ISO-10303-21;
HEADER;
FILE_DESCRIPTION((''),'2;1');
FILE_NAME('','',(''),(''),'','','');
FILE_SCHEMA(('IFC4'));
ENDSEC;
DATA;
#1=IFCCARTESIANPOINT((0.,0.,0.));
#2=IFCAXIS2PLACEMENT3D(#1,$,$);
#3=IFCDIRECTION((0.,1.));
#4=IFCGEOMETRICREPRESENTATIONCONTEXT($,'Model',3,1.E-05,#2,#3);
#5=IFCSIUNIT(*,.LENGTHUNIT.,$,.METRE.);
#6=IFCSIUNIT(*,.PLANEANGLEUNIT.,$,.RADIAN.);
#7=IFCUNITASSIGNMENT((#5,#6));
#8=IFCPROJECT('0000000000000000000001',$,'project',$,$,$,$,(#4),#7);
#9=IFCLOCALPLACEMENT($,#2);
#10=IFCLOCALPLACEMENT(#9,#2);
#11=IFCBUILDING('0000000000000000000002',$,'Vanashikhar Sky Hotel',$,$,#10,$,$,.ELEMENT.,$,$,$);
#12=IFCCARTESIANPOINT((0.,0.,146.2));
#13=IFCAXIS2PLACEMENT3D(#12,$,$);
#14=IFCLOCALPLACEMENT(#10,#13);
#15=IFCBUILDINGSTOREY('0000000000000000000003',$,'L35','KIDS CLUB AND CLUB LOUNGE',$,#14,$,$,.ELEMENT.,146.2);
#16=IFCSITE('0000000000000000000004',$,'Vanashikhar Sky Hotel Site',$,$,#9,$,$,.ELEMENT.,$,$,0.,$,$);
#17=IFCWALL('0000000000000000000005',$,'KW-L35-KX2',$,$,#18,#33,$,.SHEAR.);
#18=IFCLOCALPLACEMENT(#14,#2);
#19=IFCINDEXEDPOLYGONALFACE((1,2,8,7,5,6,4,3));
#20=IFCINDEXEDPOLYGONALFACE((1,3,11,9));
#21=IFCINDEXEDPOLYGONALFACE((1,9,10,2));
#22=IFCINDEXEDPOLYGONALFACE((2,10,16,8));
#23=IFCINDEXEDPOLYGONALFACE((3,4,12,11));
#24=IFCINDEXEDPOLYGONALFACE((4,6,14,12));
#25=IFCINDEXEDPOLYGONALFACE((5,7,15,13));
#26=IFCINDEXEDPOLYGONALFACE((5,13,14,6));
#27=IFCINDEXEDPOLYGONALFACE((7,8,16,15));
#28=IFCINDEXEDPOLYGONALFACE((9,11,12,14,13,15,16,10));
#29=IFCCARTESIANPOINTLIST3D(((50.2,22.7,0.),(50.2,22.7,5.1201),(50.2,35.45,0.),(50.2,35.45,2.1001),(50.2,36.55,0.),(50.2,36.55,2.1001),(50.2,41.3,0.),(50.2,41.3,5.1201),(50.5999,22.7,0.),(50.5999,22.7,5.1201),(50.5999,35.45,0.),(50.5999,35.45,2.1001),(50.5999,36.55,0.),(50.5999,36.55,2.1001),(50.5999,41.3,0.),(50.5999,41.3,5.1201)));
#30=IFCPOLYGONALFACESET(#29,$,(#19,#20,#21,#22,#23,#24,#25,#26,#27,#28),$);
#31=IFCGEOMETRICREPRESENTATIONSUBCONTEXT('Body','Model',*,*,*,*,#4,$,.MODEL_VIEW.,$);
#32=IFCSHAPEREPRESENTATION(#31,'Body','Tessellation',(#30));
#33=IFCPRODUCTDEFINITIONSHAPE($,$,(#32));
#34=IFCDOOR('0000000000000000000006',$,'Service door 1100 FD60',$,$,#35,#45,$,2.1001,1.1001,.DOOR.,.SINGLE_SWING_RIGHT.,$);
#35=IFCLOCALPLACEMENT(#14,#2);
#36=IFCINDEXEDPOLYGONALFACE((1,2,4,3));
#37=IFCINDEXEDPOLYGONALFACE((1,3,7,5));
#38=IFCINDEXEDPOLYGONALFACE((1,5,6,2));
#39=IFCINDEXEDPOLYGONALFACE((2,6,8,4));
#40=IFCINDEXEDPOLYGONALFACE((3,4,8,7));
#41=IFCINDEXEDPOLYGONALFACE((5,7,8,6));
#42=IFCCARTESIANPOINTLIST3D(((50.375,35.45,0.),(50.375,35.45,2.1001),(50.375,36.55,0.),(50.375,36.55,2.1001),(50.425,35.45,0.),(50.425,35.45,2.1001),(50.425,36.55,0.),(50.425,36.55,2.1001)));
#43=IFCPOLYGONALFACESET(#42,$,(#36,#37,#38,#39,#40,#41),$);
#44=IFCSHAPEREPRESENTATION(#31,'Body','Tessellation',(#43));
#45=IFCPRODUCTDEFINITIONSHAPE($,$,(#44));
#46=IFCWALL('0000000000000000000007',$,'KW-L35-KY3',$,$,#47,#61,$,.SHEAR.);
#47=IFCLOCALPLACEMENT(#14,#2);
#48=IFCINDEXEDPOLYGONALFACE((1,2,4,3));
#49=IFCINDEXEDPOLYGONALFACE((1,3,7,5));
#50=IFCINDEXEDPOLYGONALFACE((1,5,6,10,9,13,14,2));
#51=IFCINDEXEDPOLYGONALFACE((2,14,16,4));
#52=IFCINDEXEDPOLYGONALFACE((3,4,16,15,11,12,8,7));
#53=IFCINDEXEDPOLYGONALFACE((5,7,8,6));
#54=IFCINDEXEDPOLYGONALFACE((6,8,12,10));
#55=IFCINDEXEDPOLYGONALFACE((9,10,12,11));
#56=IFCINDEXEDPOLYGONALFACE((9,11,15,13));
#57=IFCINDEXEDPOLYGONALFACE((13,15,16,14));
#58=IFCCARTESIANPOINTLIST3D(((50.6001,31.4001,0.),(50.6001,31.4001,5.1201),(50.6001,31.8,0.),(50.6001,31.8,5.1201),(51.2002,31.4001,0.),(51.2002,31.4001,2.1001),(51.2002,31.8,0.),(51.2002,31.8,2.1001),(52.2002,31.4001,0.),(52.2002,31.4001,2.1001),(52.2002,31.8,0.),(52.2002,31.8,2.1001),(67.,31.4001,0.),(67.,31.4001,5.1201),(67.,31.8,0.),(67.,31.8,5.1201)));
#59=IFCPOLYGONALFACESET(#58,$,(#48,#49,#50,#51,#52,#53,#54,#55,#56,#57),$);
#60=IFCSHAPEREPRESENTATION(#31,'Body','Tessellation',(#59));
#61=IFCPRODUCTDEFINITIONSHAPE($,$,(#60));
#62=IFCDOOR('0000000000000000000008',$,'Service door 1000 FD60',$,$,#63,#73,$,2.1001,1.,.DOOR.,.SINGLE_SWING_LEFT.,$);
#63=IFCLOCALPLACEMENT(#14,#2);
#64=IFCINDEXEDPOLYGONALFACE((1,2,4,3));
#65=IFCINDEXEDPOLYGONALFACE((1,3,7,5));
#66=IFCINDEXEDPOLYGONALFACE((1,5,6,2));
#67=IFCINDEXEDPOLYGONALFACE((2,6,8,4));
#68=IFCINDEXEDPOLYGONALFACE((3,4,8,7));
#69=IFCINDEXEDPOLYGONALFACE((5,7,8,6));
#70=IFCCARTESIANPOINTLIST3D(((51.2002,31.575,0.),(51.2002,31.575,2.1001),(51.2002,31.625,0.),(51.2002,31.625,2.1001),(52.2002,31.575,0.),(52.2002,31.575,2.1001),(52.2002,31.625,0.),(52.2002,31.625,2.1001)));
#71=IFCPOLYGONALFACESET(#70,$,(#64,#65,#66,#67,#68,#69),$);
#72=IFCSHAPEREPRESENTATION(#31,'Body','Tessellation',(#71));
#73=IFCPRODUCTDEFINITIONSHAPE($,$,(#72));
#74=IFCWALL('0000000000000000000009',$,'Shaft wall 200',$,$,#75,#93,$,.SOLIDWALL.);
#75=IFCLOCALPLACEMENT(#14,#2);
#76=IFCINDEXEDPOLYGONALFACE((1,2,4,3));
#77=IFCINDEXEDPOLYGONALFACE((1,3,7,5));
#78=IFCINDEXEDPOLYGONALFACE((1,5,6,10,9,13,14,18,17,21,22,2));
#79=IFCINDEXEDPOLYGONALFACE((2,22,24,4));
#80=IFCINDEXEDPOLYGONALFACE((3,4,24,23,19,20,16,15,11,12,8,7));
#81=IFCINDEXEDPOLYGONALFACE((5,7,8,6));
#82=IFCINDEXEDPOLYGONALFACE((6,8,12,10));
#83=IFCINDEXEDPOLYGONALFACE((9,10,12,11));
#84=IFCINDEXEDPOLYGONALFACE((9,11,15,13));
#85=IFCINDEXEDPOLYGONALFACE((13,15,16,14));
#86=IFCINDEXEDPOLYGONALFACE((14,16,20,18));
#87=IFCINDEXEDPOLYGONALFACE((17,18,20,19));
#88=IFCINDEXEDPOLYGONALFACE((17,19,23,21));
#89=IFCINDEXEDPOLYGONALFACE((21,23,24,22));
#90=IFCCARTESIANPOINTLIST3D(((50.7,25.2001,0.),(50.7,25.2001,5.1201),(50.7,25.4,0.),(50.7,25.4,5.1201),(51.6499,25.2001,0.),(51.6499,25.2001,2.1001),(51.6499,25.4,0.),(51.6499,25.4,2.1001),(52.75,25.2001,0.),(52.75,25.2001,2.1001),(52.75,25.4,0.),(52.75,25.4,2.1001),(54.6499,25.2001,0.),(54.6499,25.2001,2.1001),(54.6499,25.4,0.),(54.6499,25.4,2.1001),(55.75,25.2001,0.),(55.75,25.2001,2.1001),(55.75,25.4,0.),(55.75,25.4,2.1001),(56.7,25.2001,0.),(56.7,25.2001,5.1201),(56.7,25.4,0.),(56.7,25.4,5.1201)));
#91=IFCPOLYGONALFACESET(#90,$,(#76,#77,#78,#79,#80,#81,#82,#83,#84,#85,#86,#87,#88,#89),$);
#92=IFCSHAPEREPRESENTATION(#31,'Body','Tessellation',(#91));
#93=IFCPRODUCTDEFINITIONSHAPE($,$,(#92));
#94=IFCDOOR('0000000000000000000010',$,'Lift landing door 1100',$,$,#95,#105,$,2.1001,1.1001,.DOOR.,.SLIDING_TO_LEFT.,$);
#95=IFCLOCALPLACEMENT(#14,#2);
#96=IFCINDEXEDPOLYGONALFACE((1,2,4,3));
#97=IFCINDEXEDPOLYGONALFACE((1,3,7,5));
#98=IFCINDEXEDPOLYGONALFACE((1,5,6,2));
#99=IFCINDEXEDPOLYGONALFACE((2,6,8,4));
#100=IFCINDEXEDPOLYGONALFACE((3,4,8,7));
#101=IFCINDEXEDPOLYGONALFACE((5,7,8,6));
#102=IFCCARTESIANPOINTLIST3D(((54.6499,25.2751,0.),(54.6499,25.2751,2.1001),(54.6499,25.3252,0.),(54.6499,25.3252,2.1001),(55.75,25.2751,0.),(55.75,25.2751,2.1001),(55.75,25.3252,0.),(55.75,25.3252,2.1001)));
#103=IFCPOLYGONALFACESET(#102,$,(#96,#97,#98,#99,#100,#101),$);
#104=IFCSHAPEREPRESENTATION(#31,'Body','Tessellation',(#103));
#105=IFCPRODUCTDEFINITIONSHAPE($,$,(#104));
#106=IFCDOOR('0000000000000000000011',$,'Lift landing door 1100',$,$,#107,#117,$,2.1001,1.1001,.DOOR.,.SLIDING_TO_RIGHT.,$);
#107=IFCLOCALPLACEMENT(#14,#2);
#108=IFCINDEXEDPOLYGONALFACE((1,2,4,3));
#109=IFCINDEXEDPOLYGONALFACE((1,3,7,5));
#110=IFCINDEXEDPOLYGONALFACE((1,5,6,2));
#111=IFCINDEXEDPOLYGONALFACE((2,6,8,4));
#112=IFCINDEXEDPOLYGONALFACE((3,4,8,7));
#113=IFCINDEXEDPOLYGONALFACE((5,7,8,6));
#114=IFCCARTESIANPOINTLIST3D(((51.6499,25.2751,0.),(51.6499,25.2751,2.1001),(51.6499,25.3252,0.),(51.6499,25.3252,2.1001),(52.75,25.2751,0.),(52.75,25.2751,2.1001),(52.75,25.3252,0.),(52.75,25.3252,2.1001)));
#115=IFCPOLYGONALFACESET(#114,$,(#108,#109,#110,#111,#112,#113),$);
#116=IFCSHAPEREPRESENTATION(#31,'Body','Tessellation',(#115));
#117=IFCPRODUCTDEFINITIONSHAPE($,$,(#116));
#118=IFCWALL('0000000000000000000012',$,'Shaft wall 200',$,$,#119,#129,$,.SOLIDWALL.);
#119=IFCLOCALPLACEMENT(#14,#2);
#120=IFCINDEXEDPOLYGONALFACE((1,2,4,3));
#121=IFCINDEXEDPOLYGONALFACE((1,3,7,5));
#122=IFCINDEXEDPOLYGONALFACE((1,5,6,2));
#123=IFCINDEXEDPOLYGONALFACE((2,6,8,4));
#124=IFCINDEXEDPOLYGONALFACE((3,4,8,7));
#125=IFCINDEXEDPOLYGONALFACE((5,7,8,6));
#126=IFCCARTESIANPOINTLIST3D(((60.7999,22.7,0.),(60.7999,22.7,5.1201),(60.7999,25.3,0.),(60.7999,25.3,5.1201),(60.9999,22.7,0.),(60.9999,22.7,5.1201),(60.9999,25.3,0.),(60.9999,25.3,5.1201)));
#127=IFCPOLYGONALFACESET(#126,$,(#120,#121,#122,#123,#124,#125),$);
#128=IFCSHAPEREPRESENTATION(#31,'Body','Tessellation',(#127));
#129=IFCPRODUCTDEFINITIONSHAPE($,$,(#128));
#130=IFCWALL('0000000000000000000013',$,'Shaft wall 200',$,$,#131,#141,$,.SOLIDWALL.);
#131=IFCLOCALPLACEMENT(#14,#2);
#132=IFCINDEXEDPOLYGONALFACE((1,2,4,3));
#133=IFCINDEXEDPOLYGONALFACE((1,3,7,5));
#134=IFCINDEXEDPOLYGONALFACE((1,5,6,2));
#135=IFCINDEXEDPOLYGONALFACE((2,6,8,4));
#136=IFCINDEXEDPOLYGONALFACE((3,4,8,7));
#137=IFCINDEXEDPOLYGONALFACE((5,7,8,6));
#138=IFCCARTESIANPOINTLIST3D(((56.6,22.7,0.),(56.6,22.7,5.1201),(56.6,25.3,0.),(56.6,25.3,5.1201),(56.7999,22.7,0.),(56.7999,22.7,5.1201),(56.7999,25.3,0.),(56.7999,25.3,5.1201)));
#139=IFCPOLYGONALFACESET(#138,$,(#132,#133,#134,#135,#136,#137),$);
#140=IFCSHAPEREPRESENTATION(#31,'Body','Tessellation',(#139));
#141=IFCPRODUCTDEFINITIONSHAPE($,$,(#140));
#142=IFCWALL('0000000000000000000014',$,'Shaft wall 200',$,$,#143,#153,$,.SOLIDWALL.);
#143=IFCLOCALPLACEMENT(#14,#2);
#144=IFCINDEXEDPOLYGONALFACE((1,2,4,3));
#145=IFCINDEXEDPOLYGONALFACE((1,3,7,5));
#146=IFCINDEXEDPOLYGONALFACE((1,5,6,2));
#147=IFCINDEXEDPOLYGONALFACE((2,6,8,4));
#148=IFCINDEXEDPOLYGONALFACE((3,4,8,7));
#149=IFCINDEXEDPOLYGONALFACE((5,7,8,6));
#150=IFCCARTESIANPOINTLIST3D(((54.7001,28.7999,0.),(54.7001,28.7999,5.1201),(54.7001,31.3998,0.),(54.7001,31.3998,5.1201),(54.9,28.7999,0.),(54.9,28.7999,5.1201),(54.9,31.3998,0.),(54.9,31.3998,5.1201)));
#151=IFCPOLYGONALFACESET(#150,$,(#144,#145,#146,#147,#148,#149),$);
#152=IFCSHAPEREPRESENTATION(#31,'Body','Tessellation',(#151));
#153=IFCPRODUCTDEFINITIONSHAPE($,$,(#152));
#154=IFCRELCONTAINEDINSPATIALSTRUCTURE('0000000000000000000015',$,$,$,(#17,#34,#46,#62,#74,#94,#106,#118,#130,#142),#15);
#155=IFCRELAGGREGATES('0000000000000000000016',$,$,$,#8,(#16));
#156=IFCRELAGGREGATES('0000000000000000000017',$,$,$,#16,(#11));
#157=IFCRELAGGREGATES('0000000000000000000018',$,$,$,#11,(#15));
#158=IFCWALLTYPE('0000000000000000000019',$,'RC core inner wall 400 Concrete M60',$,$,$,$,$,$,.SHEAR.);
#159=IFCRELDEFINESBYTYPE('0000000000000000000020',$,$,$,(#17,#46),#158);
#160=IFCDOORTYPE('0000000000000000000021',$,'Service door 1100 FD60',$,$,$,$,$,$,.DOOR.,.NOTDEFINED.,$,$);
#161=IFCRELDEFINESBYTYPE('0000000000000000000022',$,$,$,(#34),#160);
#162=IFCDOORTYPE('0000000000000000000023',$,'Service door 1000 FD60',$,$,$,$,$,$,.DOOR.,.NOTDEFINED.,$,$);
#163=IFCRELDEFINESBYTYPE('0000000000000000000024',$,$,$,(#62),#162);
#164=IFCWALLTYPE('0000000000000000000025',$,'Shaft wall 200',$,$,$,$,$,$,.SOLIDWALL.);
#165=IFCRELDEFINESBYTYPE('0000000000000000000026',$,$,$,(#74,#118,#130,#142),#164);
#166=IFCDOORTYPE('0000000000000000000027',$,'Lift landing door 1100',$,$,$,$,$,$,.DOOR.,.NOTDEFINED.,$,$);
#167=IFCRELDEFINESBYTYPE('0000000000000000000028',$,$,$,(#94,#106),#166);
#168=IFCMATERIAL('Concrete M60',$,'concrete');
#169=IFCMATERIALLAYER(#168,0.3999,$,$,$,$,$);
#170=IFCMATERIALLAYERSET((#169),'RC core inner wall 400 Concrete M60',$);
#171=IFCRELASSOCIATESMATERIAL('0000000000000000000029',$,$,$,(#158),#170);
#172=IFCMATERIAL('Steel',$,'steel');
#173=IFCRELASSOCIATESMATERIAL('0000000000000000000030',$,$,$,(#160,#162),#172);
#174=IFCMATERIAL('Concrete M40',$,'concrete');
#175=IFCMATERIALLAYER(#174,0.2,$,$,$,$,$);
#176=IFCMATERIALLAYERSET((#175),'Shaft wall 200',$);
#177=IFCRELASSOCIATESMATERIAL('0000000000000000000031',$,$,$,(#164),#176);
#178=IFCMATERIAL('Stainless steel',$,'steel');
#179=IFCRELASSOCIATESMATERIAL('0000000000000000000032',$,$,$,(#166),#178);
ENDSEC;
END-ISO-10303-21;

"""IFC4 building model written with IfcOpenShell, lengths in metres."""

from ifc_helpers import new_model, si_unit, direction, frame, frame_2d, origin, place, context, subcontext, project, spatial, rectangle, extrude, source, transform, mapped, material, layer, layer_set, type_object, element, fill, save


model = new_model("IFC4")

# Units and contexts
model_context = context("Model", 3, precision=1e-05, world=origin(), true_north=direction((0.0, 1.0)))
body_context = subcontext(model_context, "Body", "Model", "MODEL_VIEW")
ifc_project = project(units=[si_unit("LENGTHUNIT", "METRE"), si_unit("PLANEANGLEUNIT", "RADIAN")], contexts=[model_context])

# Site, building, storey
site_placement = place(None, origin())
site = spatial("IfcSite", under=ifc_project, at=site_placement, Name="Vanashikhar Sky Hotel Site", CompositionType="ELEMENT", RefElevation=0.0)
building_placement = place(site_placement, origin())
building = spatial("IfcBuilding", under=site, at=building_placement, Name="Vanashikhar Sky Hotel", CompositionType="ELEMENT")
storey_placement = place(building_placement, frame((0.0, 0.0, 146.2)))
storey = spatial("IfcBuildingStorey", under=building, at=storey_placement, Name="L35", Description="KIDS CLUB AND CLUB LOUNGE", CompositionType="ELEMENT", Elevation=146.2)

# Walls, openings, doors
ifc_material_1 = material(Name="Concrete M60", Category="concrete")
ifc_layer_1 = layer(ifc_material_1, 0.3999)
ifc_layer_set_1 = layer_set([ifc_layer_1], Name="RC core inner wall 400 Concrete M60")
wall_type_1 = type_object("IfcWallType", Name="RC core inner wall 400 Concrete M60", PredefinedType="SHEAR", material=ifc_layer_set_1)
shared_shape_1 = source(origin(), body_context, "Body", "SweptSolid", [
    extrude(rectangle(XDim=18.6001, YDim=0.3999, at=frame_2d((9.3, 0.0))), origin(), (0.0, 0.0, 1.0), 5.1201),
])
wall_1_placement = place(storey_placement, frame((50.3999, 22.7, 0.0), z_axis=(0.0, 0.0, 1.0), x_axis=(0.0, 1.0, 0.0)))
wall_1 = element("IfcWall", 1, at=wall_1_placement, inside=storey, type_object=wall_type_1, Name="KW-L35-KX2", PredefinedType="SHEAR", context=body_context, shape_type="MappedRepresentation", body=[
    mapped(shared_shape_1, transform((0.0, 0.0, 0.0), scale=1.0)),
])
shared_shape_2 = source(origin(), body_context, "Body", "SweptSolid", [
    extrude(rectangle(XDim=1.1001, YDim=2.1001, at=frame_2d((0.55, 1.05))), frame((0.0, 0.21, 0.0), z_axis=(0.0, -1.0, 0.0), x_axis=(1.0, 0.0, 0.0)), (0.0, 0.0, 1.0), 0.4199),
])
opening_1_placement = place(wall_1_placement, frame((12.75, 0.0, 0.0)))
opening_1 = element("IfcOpeningElement", 2, at=opening_1_placement, cuts=wall_1, PredefinedType="OPENING", context=body_context, shape_type="MappedRepresentation", body=[
    mapped(shared_shape_2, transform((0.0, 0.0, 0.0), scale=1.0)),
])
ifc_material_2 = material(Name="Steel", Category="steel")
door_type_1 = type_object("IfcDoorType", Name="Service door 1100 FD60", OperationType="NOTDEFINED", PredefinedType="DOOR", material=ifc_material_2)
shared_shape_3 = source(origin(), body_context, "Body", "SweptSolid", [
    extrude(rectangle(XDim=1.1001, YDim=2.1001, at=frame_2d((0.55, 1.05))), frame((0.0, 0.0249, 0.0), z_axis=(0.0, -1.0, 0.0), x_axis=(1.0, 0.0, 0.0)), (0.0, 0.0, 1.0), 0.05),
])
door_1_placement = place(opening_1_placement, origin())
door_1 = element("IfcDoor", 3, at=door_1_placement, inside=storey, type_object=door_type_1, Name="Service door 1100 FD60", OperationType="SINGLE_SWING_RIGHT", OverallHeight=2.1001, OverallWidth=1.1001, PredefinedType="DOOR", context=body_context, shape_type="MappedRepresentation", body=[
    mapped(shared_shape_3, transform((0.0, 0.0, 0.0), scale=1.0)),
])
fill(opening_1, door_1)
shared_shape_4 = source(origin(), body_context, "Body", "SweptSolid", [
    extrude(rectangle(XDim=16.3999, YDim=0.3999, at=frame_2d((8.2, 0.0))), origin(), (0.0, 0.0, 1.0), 5.1201),
])
wall_2_placement = place(storey_placement, frame((50.6001, 31.6001, 0.0), z_axis=(0.0, 0.0, 1.0), x_axis=(1.0, 0.0, 0.0)))
wall_2 = element("IfcWall", 4, at=wall_2_placement, inside=storey, type_object=wall_type_1, Name="KW-L35-KY3", PredefinedType="SHEAR", context=body_context, shape_type="MappedRepresentation", body=[
    mapped(shared_shape_4, transform((0.0, 0.0, 0.0), scale=1.0)),
])
shared_shape_5 = source(origin(), body_context, "Body", "SweptSolid", [
    extrude(rectangle(XDim=1.0, YDim=2.1001, at=frame_2d((0.5, 1.05))), frame((0.0, 0.21, 0.0), z_axis=(0.0, -1.0, 0.0), x_axis=(1.0, 0.0, 0.0)), (0.0, 0.0, 1.0), 0.4199),
])
opening_2_placement = place(wall_2_placement, frame((0.6001, 0.0, 0.0)))
opening_2 = element("IfcOpeningElement", 5, at=opening_2_placement, cuts=wall_2, PredefinedType="OPENING", context=body_context, shape_type="MappedRepresentation", body=[
    mapped(shared_shape_5, transform((0.0, 0.0, 0.0), scale=1.0)),
])
door_type_2 = type_object("IfcDoorType", Name="Service door 1000 FD60", OperationType="NOTDEFINED", PredefinedType="DOOR", material=ifc_material_2)
shared_shape_6 = source(origin(), body_context, "Body", "SweptSolid", [
    extrude(rectangle(XDim=1.0, YDim=2.1001, at=frame_2d((0.5, 1.05))), frame((0.0, 0.0249, 0.0), z_axis=(0.0, -1.0, 0.0), x_axis=(1.0, 0.0, 0.0)), (0.0, 0.0, 1.0), 0.05),
])
door_2_placement = place(opening_2_placement, origin())
door_2 = element("IfcDoor", 6, at=door_2_placement, inside=storey, type_object=door_type_2, Name="Service door 1000 FD60", OperationType="SINGLE_SWING_LEFT", OverallHeight=2.1001, OverallWidth=1.0, PredefinedType="DOOR", context=body_context, shape_type="MappedRepresentation", body=[
    mapped(shared_shape_6, transform((0.0, 0.0, 0.0), scale=1.0)),
])
fill(opening_2, door_2)

# Wall, openings, doors
ifc_material_3 = material(Name="Concrete M40", Category="concrete")
ifc_layer_2 = layer(ifc_material_3, 0.2)
ifc_layer_set_2 = layer_set([ifc_layer_2], Name="Shaft wall 200")
wall_type_2 = type_object("IfcWallType", Name="Shaft wall 200", PredefinedType="SOLIDWALL", material=ifc_layer_set_2)
shared_shape_7 = source(origin(), body_context, "Body", "SweptSolid", [
    extrude(rectangle(XDim=6.0, YDim=0.2, at=frame_2d((3.0, 0.0))), origin(), (0.0, 0.0, 1.0), 5.1201),
])
wall_3_placement = place(storey_placement, frame((56.7, 25.3, 0.0), z_axis=(0.0, 0.0, 1.0), x_axis=(-1.0, 0.0, 0.0)))
wall_3 = element("IfcWall", 7, at=wall_3_placement, inside=storey, type_object=wall_type_2, Name="Shaft wall 200", PredefinedType="SOLIDWALL", context=body_context, shape_type="MappedRepresentation", body=[
    mapped(shared_shape_7, transform((0.0, 0.0, 0.0), scale=1.0)),
])
shared_shape_8 = source(origin(), body_context, "Body", "SweptSolid", [
    extrude(rectangle(XDim=1.1001, YDim=2.1001, at=frame_2d((0.55, 1.05))), frame((0.0, 0.1099, 0.0), z_axis=(0.0, -1.0, 0.0), x_axis=(1.0, 0.0, 0.0)), (0.0, 0.0, 1.0), 0.22),
])
opening_3_placement = place(wall_3_placement, frame((0.95, 0.0, 0.0)))
opening_3 = element("IfcOpeningElement", 8, at=opening_3_placement, cuts=wall_3, PredefinedType="OPENING", context=body_context, shape_type="MappedRepresentation", body=[
    mapped(shared_shape_8, transform((0.0, 0.0, 0.0), scale=1.0)),
])
opening_4_placement = place(wall_3_placement, frame((3.95, 0.0, 0.0)))
opening_4 = element("IfcOpeningElement", 9, at=opening_4_placement, cuts=wall_3, PredefinedType="OPENING", context=body_context, shape_type="MappedRepresentation", body=[
    mapped(shared_shape_8, transform((0.0, 0.0, 0.0), scale=1.0)),
])
ifc_material_4 = material(Name="Stainless steel", Category="steel")
door_type_3 = type_object("IfcDoorType", Name="Lift landing door 1100", OperationType="NOTDEFINED", PredefinedType="DOOR", material=ifc_material_4)
door_3_placement = place(opening_3_placement, origin())
door_3 = element("IfcDoor", 10, at=door_3_placement, inside=storey, type_object=door_type_3, Name="Lift landing door 1100", OperationType="SLIDING_TO_LEFT", OverallHeight=2.1001, OverallWidth=1.1001, PredefinedType="DOOR", context=body_context, shape_type="MappedRepresentation", body=[
    mapped(shared_shape_3, transform((0.0, 0.0, 0.0), scale=1.0)),
])
fill(opening_3, door_3)
door_4_placement = place(opening_4_placement, origin())
door_4 = element("IfcDoor", 11, at=door_4_placement, inside=storey, type_object=door_type_3, Name="Lift landing door 1100", OperationType="SLIDING_TO_RIGHT", OverallHeight=2.1001, OverallWidth=1.1001, PredefinedType="DOOR", context=body_context, shape_type="MappedRepresentation", body=[
    mapped(shared_shape_3, transform((0.0, 0.0, 0.0), scale=1.0)),
])
fill(opening_4, door_4)

# Walls
shared_shape_9 = source(origin(), body_context, "Body", "SweptSolid", [
    extrude(rectangle(XDim=2.6001, YDim=0.2, at=frame_2d((1.3, 0.0))), origin(), (0.0, 0.0, 1.0), 5.1201),
])
for number, where, z_axis, x_axis, name in (
    (12, (60.8999, 22.7, 0.0), (0.0, 0.0, 1.0), (0.0, 1.0, 0.0), "Shaft wall 200"),
    (13, (56.7, 22.7, 0.0), (0.0, 0.0, 1.0), (0.0, 1.0, 0.0), "Shaft wall 200"),
):
    element("IfcWall", number, at=place(storey_placement, frame(where, z_axis=z_axis, x_axis=x_axis)), inside=storey, type_object=wall_type_2, Name=name, PredefinedType="SOLIDWALL", context=body_context, shape_type="MappedRepresentation", body=[
        mapped(shared_shape_9, transform((0.0, 0.0, 0.0), scale=1.0)),
    ])
shared_shape_10 = source(origin(), body_context, "Body", "SweptSolid", [
    extrude(rectangle(XDim=2.5999, YDim=0.2, at=frame_2d((1.2998, 0.0))), origin(), (0.0, 0.0, 1.0), 5.1201),
])
wall_4_placement = place(storey_placement, frame((54.8, 28.8, 0.0), z_axis=(0.0, 0.0, 1.0), x_axis=(0.0, 1.0, 0.0)))
element("IfcWall", 14, at=wall_4_placement, inside=storey, type_object=wall_type_2, Name="Shaft wall 200", PredefinedType="SOLIDWALL", context=body_context, shape_type="MappedRepresentation", body=[
    mapped(shared_shape_10, transform((0.0, 0.0, 0.0), scale=1.0)),
])

save(model, "model.ifc")
